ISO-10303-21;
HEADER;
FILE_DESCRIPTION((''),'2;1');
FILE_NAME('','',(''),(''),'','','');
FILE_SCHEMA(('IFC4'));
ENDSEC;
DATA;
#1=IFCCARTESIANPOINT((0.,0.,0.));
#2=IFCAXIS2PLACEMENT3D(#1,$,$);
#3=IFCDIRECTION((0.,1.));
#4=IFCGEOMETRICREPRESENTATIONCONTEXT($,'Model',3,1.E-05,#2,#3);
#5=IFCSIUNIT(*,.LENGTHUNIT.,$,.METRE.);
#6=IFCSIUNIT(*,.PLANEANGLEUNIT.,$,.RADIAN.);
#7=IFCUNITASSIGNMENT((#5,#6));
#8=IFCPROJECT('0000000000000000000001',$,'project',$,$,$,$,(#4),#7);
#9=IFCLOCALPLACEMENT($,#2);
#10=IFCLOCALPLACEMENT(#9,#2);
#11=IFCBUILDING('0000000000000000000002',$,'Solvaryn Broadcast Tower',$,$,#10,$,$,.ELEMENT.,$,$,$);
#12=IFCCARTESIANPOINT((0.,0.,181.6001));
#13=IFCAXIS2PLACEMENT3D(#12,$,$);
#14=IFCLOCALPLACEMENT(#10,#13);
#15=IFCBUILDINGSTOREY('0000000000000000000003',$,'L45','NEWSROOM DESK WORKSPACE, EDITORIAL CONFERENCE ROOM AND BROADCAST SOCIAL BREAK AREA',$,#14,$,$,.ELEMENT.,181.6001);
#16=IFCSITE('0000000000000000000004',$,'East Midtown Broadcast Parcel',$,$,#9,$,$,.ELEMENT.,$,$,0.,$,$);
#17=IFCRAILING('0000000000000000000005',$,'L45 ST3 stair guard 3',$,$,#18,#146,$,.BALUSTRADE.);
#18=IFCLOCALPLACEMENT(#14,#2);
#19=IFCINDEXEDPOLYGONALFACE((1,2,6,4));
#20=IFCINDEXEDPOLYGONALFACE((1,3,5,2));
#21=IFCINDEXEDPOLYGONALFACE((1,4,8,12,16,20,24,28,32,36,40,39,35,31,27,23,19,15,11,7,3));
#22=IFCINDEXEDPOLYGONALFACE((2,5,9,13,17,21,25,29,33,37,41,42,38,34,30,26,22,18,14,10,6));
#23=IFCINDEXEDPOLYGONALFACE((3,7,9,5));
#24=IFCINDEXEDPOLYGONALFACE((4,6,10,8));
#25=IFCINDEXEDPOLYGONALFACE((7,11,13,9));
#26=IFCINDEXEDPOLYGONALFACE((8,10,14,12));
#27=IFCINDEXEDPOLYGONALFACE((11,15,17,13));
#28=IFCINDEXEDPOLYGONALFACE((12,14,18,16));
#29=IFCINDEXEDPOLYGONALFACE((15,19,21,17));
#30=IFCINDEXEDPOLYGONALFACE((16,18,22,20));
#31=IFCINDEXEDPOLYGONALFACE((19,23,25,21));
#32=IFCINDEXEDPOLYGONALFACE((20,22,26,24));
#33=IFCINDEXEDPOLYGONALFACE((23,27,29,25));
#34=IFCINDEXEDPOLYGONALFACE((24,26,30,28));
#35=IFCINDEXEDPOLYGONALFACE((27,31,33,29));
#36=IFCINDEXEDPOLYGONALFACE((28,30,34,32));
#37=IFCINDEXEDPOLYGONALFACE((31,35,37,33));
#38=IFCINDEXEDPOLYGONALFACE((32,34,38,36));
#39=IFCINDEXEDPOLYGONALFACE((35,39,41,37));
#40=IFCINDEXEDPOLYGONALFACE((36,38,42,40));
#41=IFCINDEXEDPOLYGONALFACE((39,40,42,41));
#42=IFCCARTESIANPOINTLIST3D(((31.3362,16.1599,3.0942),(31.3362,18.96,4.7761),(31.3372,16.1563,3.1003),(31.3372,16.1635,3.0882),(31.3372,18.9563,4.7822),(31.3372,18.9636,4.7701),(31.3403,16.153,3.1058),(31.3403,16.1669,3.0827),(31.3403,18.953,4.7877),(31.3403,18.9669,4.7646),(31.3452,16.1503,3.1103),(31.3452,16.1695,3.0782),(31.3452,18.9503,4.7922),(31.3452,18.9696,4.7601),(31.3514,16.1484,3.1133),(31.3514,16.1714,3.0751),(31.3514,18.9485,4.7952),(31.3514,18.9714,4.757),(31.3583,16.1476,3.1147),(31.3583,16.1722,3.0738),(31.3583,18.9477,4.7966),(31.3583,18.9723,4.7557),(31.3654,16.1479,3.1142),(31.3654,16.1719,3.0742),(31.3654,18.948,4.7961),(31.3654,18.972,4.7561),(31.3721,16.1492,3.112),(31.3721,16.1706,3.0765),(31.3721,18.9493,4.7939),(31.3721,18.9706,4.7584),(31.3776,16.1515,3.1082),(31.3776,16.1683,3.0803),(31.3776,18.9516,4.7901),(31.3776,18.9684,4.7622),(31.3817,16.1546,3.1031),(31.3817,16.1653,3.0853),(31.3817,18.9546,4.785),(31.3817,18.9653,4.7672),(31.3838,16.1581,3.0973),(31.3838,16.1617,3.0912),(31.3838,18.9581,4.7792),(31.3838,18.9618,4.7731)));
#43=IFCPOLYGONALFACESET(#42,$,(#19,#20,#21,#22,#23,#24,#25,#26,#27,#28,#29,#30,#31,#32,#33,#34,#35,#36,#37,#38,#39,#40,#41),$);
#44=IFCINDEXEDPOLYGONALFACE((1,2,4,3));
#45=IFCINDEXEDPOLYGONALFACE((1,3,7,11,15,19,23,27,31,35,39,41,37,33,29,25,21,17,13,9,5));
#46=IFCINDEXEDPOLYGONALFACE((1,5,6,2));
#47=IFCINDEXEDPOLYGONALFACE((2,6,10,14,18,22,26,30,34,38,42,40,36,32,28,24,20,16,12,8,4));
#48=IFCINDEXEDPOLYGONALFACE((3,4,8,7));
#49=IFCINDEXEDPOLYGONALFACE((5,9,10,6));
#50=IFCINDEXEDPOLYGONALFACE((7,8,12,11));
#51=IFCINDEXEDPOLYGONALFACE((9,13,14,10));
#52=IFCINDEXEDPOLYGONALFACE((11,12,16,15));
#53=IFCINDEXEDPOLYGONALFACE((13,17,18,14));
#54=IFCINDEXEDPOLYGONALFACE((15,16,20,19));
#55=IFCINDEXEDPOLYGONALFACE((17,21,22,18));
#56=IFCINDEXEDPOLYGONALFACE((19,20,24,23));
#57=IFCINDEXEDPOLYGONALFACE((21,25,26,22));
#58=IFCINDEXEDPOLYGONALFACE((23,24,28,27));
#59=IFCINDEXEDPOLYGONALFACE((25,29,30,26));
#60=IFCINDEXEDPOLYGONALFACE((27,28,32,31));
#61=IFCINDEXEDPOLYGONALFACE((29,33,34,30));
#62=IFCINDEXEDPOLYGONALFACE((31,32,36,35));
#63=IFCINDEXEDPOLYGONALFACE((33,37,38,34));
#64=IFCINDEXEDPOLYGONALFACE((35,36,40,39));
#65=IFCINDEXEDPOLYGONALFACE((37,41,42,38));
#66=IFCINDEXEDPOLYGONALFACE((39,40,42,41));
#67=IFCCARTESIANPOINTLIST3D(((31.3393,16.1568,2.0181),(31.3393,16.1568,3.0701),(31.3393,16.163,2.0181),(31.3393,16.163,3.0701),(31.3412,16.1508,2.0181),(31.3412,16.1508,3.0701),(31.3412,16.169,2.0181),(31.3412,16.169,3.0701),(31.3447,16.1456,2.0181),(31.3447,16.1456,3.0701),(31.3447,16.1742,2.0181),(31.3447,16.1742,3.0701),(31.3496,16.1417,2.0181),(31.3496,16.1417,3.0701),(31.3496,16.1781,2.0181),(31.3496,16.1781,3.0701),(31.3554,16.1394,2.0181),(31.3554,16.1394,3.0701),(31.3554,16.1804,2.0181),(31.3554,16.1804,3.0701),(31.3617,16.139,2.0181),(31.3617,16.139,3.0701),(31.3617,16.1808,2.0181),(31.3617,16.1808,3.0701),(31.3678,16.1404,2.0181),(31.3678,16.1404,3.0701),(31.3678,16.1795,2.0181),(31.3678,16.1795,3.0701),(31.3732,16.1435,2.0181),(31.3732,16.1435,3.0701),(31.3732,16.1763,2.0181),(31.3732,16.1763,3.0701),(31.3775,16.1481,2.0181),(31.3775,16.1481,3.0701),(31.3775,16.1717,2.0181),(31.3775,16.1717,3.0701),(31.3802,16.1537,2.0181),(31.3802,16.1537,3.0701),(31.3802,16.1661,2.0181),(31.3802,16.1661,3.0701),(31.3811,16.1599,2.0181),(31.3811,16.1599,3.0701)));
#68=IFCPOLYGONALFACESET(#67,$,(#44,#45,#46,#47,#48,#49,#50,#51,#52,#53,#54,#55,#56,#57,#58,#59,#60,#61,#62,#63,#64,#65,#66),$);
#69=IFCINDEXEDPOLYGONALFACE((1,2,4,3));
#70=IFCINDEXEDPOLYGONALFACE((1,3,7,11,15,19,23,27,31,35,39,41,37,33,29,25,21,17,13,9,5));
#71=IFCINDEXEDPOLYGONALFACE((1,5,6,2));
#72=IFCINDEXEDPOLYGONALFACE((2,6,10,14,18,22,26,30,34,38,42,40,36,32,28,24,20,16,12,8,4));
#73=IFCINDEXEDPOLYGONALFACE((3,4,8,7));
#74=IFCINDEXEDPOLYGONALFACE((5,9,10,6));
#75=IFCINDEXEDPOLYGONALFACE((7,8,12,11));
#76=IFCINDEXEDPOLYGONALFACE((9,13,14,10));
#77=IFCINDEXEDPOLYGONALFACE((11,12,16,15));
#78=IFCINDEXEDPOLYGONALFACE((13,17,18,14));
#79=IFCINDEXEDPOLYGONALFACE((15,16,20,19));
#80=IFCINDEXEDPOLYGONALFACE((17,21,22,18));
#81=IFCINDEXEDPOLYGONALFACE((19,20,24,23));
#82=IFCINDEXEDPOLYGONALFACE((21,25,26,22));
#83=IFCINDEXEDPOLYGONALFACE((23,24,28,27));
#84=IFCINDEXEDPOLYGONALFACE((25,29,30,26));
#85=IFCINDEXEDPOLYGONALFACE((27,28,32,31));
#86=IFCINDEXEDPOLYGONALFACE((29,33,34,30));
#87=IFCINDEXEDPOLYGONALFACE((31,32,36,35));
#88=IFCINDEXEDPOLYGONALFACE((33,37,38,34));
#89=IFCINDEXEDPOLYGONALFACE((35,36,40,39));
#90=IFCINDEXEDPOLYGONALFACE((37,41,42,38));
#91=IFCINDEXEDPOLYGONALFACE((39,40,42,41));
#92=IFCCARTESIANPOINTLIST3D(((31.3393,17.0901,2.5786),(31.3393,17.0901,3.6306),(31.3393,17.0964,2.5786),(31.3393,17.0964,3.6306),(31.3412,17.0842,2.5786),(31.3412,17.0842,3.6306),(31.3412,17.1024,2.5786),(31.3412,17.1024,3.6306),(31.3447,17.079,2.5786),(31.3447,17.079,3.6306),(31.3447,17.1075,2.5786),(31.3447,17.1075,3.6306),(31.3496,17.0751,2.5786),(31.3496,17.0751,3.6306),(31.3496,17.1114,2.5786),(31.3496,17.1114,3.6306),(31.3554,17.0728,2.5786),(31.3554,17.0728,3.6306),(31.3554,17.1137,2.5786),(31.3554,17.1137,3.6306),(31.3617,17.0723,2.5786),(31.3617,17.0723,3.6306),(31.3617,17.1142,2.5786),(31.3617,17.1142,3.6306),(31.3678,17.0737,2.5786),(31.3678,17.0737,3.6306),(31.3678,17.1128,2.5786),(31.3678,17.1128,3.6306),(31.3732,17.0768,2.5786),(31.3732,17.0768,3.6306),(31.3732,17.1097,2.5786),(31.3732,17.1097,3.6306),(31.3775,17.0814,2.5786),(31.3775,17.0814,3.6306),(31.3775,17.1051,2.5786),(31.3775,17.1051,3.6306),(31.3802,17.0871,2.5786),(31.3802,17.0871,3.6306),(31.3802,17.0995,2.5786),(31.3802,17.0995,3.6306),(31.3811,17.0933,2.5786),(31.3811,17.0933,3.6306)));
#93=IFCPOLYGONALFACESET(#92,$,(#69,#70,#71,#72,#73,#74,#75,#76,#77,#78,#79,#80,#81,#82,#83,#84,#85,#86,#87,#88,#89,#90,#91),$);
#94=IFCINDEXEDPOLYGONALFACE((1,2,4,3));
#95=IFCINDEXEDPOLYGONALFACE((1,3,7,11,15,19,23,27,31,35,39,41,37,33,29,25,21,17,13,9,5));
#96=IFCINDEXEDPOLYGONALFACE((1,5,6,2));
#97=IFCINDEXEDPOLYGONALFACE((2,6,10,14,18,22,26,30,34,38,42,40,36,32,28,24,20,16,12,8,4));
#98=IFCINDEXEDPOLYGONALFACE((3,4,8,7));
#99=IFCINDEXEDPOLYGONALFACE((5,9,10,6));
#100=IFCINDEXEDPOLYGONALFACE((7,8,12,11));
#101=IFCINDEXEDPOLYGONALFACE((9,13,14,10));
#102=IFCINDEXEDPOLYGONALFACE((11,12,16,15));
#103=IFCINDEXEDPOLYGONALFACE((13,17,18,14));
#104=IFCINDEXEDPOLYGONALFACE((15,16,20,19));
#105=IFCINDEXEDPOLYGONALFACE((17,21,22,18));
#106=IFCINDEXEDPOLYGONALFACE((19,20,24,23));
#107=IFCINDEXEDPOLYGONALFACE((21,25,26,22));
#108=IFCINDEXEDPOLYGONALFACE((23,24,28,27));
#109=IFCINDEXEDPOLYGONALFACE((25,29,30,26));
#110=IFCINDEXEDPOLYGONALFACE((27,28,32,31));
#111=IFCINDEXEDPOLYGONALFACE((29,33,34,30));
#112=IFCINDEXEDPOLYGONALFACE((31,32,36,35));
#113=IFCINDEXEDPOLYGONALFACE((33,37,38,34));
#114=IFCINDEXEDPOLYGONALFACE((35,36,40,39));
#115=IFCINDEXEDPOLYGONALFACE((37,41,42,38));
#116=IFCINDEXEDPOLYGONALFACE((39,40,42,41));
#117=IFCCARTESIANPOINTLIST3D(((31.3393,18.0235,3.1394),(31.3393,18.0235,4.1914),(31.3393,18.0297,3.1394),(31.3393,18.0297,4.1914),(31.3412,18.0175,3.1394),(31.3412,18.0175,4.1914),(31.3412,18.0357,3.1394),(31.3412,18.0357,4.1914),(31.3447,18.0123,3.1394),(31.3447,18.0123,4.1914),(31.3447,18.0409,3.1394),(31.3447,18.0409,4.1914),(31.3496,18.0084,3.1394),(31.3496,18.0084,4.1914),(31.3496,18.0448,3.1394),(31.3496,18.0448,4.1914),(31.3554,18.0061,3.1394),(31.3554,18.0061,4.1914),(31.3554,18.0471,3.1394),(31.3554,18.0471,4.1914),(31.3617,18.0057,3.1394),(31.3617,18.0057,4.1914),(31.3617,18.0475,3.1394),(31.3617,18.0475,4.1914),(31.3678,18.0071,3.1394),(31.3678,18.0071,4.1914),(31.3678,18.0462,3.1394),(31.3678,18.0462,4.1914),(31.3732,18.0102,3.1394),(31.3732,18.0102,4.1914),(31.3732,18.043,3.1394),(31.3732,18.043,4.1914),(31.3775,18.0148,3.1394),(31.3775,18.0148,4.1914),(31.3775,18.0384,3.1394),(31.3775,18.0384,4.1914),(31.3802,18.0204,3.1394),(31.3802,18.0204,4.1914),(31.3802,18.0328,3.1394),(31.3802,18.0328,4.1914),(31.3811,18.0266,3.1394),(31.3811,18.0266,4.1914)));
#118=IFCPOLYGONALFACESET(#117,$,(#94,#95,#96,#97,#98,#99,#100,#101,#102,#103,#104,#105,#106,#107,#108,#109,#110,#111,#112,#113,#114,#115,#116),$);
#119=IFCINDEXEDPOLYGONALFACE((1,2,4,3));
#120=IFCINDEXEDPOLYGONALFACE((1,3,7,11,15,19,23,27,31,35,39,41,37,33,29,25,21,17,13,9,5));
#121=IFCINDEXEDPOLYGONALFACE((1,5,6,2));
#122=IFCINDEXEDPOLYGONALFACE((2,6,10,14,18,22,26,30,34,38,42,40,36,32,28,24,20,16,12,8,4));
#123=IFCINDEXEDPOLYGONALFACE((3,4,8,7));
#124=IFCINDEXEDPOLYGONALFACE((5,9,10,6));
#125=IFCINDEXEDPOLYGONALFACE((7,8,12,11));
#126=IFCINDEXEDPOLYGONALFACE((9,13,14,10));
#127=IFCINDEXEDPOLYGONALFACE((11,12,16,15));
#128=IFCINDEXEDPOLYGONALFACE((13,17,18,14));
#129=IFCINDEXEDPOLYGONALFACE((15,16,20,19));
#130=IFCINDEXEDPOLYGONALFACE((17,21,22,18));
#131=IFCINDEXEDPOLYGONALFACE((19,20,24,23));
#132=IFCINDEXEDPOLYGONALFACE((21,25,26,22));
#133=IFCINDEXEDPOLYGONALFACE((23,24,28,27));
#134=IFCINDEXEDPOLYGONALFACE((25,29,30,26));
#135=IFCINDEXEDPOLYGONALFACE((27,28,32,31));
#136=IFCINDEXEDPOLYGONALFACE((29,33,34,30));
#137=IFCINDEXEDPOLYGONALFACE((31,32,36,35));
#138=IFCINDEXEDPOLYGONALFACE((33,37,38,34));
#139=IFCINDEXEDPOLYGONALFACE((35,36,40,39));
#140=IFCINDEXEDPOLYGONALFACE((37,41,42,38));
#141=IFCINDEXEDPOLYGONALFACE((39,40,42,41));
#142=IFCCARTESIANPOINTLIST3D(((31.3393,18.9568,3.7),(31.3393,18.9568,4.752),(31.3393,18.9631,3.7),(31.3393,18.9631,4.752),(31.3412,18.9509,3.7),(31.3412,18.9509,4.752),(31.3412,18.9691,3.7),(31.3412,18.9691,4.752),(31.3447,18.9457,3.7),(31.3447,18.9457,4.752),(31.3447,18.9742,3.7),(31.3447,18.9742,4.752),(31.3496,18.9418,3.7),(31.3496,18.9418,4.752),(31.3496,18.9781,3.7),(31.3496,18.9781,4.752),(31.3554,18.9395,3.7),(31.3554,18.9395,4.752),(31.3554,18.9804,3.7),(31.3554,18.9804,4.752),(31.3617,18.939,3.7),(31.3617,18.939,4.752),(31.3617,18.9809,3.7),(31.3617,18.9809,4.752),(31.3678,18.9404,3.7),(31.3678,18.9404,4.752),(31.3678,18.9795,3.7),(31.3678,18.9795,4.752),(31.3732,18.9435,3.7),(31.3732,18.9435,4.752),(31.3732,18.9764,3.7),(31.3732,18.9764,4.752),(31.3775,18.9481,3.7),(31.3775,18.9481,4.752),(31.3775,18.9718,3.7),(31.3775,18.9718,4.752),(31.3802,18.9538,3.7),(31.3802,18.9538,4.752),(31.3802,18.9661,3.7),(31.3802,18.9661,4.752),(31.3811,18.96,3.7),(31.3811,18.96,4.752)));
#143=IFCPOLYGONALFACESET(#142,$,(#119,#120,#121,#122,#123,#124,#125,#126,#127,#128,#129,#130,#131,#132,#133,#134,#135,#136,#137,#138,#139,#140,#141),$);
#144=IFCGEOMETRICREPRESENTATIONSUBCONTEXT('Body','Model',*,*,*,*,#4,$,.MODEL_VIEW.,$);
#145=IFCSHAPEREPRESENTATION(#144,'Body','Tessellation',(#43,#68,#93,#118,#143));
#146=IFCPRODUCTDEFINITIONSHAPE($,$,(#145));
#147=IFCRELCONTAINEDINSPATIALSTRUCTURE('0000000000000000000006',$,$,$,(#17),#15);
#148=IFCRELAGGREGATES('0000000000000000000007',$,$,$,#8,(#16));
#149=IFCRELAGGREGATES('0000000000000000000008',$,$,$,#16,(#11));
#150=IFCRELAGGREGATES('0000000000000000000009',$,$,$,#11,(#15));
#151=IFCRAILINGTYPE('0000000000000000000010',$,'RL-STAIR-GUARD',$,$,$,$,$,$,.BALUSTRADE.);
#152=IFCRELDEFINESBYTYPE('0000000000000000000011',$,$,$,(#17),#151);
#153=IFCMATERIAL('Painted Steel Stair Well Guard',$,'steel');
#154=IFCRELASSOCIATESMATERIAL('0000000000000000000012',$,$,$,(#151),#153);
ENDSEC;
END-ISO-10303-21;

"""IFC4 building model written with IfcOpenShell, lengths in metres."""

from ifc_helpers import new_model, si_unit, direction, frame, origin, origin_2d, place, context, subcontext, project, spatial, circle, extrude, material, type_object, element, save


model = new_model("IFC4")

# Units and contexts
model_context = context("Model", 3, precision=1e-05, world=origin(), true_north=direction((0.0, 1.0)))
body_context = subcontext(model_context, "Body", "Model", "MODEL_VIEW")
ifc_project = project(units=[si_unit("LENGTHUNIT", "METRE"), si_unit("PLANEANGLEUNIT", "RADIAN")], contexts=[model_context])

# Site, building, storey
site_placement = place(None, origin())
site = spatial("IfcSite", under=ifc_project, at=site_placement, Name="East Midtown Broadcast Parcel", CompositionType="ELEMENT", RefElevation=0.0)
building_placement = place(site_placement, origin())
building = spatial("IfcBuilding", under=site, at=building_placement, Name="Solvaryn Broadcast Tower", CompositionType="ELEMENT")
storey_placement = place(building_placement, frame((0.0, 0.0, 181.6001)))
storey = spatial("IfcBuildingStorey", under=building, at=storey_placement, Name="L45", Description="NEWSROOM DESK WORKSPACE, EDITORIAL CONFERENCE ROOM AND BROADCAST SOCIAL BREAK AREA", CompositionType="ELEMENT", Elevation=181.6001)

# Railing
ifc_material_1 = material(Name="Painted Steel Stair Well Guard", Category="steel")
railing_type_1 = type_object("IfcRailingType", Name="RL-STAIR-GUARD", PredefinedType="BALUSTRADE", material=ifc_material_1)
railing_1_placement = place(storey_placement, frame((31.3601, 16.1599, 2.0181)))
element("IfcRailing", 1, at=railing_1_placement, inside=storey, type_object=railing_type_1, Name="L45 ST3 stair guard 3", PredefinedType="BALUSTRADE", context=body_context, shape_type="SweptSolid", body=[
    extrude(circle(Radius=0.0239, at=origin_2d()), frame((0.0, 0.0, 1.0762), z_axis=(0.0, 0.857242, 0.514913), x_axis=(-1.0, 0.0, 0.0)), (0.0, 0.0, 1.0), 3.2664),
    extrude(circle(Radius=0.021, at=origin_2d()), origin(), (0.0, 0.0, 1.0), 1.052),
    extrude(circle(Radius=0.021, at=origin_2d()), frame((0.0, 0.9333, 0.5605)), (0.0, 0.0, 1.0), 1.052),
    extrude(circle(Radius=0.021, at=origin_2d()), frame((0.0, 1.8667, 1.1213)), (0.0, 0.0, 1.0), 1.052),
    extrude(circle(Radius=0.021, at=origin_2d()), frame((0.0, 2.8, 1.6819)), (0.0, 0.0, 1.0), 1.052),
])

save(model, "model.ifc")
